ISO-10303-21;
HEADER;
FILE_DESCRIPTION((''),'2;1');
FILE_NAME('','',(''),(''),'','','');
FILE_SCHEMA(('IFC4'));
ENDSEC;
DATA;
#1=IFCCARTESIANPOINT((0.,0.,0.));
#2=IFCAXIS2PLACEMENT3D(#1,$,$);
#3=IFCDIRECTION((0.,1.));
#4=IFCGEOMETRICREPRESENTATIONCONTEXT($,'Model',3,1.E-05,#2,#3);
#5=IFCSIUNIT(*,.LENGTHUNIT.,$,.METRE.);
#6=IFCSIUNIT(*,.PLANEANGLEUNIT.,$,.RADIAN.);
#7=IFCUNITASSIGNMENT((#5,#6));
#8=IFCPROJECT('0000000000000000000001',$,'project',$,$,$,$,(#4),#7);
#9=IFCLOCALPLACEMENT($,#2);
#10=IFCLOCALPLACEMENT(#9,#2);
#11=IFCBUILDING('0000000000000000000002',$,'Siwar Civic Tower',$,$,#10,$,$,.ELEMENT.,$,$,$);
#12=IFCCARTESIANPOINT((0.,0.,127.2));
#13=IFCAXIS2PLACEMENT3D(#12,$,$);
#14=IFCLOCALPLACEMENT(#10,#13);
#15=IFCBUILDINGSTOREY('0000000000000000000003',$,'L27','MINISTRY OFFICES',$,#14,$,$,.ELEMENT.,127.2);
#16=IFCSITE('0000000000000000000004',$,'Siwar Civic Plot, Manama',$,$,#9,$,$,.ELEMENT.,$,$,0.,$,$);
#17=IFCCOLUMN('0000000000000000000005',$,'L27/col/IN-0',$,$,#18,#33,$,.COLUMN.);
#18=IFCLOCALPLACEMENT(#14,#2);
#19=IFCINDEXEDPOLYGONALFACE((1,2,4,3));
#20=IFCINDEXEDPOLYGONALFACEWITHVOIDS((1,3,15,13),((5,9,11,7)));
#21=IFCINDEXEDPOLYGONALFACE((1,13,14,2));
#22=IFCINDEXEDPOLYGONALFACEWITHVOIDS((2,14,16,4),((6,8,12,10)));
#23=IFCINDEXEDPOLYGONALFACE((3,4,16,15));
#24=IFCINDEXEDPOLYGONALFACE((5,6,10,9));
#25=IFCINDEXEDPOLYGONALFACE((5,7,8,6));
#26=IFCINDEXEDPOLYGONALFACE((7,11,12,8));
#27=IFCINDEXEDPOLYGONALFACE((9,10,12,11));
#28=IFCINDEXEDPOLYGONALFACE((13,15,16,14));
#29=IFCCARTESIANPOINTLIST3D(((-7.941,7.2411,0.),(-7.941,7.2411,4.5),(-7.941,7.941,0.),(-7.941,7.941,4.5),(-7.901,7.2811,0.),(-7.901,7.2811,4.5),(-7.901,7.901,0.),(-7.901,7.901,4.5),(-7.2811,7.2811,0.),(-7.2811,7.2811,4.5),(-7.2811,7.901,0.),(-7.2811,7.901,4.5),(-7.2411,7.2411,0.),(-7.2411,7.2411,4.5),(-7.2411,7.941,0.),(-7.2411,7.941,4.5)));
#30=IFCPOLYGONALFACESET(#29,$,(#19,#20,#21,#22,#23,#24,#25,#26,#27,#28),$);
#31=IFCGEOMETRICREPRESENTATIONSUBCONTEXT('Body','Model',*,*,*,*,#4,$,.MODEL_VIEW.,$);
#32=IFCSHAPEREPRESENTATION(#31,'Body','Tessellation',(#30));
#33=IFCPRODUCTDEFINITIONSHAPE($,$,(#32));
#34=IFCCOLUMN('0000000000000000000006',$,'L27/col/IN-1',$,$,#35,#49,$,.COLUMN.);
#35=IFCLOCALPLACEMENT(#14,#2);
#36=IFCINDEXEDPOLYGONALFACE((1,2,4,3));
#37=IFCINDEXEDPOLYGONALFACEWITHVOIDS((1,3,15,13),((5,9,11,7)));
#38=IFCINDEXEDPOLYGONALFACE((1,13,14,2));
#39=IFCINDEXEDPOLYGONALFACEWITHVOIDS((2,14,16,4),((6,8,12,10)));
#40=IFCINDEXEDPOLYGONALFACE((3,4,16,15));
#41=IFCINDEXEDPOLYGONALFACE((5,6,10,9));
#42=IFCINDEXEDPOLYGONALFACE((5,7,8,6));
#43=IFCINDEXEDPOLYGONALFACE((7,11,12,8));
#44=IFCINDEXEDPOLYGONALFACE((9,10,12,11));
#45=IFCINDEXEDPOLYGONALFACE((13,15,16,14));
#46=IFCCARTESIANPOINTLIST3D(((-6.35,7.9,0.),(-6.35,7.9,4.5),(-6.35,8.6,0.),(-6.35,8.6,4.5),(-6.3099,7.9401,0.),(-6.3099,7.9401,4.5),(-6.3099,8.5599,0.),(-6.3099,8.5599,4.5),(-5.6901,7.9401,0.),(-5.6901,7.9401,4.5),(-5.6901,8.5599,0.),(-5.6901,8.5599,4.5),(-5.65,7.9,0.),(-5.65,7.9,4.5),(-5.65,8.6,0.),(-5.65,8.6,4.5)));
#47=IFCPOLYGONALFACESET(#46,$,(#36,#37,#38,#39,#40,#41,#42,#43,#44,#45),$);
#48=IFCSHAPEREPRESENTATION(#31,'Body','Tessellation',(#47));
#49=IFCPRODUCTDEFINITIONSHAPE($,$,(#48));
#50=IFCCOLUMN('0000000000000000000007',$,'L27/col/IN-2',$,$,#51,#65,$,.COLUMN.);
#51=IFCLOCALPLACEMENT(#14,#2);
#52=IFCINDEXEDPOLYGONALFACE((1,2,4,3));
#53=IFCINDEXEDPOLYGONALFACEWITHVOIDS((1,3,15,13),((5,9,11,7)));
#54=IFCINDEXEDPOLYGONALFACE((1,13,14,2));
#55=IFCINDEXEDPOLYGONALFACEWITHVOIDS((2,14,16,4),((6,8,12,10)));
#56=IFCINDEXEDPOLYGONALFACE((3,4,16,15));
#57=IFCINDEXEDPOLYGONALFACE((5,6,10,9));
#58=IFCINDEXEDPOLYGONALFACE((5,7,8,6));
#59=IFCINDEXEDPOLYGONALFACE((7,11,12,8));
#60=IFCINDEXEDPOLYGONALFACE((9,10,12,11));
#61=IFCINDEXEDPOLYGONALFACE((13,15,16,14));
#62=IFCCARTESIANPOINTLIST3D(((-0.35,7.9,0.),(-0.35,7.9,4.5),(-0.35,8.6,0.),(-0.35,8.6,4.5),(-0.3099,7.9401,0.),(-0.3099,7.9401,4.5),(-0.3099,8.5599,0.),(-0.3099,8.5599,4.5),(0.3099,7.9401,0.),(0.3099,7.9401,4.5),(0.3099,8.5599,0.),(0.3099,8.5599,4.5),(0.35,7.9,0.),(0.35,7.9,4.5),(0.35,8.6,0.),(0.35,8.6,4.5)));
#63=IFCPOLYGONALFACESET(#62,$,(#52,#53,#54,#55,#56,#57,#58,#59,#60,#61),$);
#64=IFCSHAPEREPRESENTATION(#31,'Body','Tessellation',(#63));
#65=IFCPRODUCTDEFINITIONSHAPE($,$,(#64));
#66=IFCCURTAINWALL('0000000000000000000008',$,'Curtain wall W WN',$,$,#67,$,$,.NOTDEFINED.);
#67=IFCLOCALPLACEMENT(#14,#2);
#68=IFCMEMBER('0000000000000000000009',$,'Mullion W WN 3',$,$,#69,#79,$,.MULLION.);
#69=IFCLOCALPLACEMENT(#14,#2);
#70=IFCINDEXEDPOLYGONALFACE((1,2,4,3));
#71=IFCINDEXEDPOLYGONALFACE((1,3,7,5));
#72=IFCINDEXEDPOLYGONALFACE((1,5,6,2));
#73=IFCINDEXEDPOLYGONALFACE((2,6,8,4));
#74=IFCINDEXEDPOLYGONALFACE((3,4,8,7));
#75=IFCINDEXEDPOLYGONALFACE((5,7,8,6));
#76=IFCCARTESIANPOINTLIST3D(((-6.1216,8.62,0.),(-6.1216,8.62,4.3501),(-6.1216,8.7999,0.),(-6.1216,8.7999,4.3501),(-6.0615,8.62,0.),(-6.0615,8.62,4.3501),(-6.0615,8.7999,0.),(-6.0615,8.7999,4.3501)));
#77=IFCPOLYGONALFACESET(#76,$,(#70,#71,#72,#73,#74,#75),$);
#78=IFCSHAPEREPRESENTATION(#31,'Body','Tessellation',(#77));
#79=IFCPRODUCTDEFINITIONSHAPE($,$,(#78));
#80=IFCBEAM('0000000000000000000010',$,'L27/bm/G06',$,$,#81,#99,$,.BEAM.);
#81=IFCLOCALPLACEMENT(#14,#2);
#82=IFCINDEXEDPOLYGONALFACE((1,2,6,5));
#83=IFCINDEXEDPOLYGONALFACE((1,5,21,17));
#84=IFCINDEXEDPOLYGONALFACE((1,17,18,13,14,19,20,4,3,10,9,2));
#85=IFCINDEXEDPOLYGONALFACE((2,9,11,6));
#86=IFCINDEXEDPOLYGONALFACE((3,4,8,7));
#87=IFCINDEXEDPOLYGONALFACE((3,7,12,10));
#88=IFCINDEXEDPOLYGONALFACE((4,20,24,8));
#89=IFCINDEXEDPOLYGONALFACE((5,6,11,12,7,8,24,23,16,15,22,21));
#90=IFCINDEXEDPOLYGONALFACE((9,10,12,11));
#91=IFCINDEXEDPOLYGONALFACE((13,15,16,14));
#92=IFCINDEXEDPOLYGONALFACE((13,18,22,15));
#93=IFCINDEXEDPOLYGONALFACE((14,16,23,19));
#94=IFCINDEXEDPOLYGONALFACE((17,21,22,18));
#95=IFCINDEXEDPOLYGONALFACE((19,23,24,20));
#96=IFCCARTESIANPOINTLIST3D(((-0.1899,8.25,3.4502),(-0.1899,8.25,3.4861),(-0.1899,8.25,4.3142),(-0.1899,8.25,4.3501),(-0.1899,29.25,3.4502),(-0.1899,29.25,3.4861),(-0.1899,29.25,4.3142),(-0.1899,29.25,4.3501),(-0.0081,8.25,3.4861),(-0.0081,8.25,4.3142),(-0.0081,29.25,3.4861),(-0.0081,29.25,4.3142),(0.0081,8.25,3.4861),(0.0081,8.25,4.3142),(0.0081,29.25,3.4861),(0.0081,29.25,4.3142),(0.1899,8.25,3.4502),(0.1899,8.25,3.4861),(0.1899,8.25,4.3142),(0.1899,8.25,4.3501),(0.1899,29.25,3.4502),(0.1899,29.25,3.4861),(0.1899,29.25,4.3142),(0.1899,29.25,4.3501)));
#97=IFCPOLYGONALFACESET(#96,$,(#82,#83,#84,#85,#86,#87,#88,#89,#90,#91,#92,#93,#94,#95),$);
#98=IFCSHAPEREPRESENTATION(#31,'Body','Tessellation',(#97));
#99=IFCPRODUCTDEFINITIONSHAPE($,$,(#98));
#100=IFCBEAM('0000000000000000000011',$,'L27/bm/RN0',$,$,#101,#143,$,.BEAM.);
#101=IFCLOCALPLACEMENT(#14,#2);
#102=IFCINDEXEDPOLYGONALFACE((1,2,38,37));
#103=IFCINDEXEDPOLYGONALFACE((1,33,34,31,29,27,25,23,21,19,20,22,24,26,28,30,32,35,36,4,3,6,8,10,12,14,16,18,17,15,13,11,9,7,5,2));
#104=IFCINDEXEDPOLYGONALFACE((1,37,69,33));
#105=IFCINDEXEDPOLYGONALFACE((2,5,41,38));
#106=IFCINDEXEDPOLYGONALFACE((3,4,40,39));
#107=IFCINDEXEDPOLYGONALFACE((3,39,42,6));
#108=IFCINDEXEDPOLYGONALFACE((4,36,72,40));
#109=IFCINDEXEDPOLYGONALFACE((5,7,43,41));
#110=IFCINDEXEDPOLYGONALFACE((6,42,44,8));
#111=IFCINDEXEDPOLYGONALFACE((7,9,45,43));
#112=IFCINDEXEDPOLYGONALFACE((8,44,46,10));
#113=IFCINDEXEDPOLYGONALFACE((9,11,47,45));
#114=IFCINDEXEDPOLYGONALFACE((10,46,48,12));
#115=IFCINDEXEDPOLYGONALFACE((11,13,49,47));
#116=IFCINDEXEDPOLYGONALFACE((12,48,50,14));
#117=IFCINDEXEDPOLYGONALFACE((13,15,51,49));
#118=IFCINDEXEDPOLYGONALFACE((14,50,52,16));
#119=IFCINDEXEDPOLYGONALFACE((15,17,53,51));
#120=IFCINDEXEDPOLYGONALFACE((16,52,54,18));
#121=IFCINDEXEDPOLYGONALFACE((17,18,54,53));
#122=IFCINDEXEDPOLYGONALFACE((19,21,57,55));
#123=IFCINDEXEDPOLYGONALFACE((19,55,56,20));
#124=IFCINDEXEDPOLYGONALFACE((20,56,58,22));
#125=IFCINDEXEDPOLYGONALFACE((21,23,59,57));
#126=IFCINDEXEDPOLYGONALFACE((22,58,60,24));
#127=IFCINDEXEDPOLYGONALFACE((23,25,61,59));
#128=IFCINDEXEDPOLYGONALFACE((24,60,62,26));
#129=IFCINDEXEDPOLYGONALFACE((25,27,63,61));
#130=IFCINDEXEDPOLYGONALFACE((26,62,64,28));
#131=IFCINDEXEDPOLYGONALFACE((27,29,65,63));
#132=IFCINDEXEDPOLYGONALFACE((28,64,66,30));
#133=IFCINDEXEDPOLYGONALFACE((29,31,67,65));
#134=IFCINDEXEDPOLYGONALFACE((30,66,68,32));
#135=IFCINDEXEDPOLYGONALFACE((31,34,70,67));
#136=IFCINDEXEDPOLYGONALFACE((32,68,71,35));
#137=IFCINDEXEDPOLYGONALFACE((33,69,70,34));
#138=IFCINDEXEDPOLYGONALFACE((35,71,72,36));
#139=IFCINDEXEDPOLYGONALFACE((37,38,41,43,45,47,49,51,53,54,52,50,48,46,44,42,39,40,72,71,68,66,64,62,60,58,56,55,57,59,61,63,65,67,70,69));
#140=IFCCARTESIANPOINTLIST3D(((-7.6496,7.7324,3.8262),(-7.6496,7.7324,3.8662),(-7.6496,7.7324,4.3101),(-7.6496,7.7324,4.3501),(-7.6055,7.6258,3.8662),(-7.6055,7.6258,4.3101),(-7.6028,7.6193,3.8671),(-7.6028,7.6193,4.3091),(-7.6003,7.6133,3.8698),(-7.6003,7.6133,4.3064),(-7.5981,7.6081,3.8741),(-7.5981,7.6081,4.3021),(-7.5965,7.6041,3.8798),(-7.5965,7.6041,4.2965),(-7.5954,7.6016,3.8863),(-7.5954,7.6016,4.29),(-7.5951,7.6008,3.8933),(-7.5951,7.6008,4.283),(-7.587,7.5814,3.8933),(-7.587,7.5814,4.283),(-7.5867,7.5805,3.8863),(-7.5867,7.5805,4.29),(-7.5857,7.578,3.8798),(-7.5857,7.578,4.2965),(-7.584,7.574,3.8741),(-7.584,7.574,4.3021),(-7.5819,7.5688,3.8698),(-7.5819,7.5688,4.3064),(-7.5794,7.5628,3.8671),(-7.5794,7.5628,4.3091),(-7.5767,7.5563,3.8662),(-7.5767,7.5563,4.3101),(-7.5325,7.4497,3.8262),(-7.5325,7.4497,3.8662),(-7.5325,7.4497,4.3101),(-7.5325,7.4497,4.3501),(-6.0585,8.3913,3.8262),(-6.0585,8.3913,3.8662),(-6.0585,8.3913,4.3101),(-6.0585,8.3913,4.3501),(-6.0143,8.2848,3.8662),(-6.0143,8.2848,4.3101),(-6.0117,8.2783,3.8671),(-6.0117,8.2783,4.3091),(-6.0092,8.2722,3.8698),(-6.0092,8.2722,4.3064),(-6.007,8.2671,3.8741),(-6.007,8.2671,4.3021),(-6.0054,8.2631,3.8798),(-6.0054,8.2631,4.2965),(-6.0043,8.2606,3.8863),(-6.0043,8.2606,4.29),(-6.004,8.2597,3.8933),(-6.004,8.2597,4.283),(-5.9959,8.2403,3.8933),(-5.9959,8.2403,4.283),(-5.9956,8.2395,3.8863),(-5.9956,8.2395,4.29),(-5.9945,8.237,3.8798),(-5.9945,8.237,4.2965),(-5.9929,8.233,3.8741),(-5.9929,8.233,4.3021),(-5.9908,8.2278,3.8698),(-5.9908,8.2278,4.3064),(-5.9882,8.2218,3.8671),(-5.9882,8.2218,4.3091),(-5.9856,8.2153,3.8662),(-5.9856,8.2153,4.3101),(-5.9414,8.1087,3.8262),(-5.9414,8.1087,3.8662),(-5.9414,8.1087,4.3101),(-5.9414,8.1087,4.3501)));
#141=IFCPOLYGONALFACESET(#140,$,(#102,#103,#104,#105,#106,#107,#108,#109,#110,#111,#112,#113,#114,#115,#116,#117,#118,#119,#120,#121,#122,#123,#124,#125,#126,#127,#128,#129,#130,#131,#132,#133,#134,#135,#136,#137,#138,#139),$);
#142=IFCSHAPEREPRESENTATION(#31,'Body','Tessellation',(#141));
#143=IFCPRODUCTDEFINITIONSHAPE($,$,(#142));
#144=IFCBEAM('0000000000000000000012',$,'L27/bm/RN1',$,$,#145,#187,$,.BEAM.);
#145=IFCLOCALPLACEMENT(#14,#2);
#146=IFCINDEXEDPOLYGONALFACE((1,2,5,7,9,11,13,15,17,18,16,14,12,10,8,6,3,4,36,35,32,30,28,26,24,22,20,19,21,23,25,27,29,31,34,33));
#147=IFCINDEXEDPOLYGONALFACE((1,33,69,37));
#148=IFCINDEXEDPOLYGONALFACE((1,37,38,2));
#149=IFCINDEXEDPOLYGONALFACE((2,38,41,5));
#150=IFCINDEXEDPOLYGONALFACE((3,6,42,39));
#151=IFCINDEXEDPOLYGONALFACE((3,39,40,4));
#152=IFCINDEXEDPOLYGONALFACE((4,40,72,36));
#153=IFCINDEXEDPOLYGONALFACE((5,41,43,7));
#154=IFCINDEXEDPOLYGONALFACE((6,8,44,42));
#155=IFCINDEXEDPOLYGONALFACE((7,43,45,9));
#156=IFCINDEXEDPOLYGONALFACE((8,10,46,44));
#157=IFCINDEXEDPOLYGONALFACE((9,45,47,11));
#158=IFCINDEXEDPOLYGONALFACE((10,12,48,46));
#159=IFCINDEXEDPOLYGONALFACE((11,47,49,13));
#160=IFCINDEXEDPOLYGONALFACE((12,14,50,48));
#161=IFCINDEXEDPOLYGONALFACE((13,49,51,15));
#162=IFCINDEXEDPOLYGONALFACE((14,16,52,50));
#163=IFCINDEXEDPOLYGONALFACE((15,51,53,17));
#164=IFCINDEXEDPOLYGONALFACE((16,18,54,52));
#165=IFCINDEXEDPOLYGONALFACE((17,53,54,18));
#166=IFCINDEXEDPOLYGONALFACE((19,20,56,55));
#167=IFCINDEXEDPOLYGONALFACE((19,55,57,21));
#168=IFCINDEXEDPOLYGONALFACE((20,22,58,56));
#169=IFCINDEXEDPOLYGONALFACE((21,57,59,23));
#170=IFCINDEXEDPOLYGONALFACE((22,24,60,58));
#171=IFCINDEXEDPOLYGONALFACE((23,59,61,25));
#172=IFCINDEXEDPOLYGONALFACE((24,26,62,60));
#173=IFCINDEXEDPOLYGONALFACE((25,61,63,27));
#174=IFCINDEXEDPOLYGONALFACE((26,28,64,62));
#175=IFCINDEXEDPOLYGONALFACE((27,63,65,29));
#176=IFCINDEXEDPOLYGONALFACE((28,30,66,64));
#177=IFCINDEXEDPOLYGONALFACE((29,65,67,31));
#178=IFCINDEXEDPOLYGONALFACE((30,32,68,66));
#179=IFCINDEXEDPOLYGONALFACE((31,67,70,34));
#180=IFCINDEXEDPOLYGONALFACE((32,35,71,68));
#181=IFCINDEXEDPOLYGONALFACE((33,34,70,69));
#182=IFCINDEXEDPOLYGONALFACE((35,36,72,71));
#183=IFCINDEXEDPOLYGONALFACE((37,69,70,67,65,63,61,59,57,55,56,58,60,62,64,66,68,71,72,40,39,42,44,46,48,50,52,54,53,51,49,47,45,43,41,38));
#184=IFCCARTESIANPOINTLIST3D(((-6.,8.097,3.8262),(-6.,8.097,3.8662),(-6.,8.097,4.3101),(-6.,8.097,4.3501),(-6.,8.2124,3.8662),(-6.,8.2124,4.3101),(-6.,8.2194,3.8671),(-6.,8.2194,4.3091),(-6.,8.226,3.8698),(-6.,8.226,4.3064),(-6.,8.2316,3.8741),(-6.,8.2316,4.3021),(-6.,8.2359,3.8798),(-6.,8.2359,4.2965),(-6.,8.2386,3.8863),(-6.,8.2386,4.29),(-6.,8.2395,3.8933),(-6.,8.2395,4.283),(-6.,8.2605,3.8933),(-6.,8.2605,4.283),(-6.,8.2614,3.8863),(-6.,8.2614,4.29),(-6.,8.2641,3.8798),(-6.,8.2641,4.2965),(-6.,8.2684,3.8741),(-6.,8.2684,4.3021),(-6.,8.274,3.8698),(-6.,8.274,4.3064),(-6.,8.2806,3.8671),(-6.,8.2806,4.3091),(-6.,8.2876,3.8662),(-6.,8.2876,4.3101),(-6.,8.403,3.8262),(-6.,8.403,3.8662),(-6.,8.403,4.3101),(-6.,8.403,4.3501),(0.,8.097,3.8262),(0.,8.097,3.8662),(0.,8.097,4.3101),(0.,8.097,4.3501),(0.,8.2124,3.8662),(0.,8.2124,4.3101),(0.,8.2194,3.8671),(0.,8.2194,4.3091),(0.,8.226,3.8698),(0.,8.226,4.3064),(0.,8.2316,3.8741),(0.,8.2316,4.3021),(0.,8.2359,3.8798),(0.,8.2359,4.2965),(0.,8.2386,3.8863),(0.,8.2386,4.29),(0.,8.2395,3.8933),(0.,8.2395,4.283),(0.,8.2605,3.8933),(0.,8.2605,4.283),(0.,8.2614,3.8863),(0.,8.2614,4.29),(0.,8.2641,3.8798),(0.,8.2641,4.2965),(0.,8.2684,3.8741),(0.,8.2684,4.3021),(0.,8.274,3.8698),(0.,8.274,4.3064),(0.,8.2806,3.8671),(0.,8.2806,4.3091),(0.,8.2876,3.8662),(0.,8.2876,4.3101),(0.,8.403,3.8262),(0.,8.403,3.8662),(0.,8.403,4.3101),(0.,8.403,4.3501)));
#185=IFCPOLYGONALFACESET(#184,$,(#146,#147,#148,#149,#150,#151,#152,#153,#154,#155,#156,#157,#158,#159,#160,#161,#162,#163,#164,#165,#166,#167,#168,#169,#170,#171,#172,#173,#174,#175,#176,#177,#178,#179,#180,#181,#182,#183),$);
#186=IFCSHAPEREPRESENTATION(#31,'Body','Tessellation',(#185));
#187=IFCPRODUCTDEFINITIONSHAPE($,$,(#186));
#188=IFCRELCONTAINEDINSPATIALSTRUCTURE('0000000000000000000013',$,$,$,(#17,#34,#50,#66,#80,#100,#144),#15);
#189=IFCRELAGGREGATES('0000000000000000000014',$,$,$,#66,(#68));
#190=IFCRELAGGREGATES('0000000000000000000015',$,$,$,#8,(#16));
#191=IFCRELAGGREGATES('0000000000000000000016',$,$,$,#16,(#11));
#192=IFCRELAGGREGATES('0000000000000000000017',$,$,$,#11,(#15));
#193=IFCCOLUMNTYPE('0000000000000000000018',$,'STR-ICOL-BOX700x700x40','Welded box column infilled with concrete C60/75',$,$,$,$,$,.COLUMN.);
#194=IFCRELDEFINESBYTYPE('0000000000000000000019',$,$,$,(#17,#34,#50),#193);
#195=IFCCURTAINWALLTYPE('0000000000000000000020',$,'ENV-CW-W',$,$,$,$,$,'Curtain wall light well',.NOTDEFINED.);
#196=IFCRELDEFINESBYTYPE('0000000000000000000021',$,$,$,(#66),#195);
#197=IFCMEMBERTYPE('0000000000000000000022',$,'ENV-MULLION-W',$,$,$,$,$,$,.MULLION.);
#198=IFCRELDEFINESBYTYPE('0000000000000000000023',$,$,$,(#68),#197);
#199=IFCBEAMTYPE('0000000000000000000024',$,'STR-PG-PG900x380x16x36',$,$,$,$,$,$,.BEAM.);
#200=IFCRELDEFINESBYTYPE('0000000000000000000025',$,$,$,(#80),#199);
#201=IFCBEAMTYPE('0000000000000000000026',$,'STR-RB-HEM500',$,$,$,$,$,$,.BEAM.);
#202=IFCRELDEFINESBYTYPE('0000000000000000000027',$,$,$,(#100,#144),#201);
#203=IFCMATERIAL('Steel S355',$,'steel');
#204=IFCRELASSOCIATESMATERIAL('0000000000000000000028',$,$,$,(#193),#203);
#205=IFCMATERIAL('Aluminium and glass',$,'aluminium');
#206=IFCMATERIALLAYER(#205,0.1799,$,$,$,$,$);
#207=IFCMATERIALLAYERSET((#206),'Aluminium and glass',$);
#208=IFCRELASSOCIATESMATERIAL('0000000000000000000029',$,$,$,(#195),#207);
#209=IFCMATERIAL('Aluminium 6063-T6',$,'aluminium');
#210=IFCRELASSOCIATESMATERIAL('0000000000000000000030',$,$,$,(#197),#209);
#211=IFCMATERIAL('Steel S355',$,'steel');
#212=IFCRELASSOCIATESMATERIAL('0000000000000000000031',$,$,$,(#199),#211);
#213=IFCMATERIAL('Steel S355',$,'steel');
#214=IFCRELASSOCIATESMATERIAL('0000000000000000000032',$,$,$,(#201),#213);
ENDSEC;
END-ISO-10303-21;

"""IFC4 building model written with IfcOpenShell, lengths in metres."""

from ifc_helpers import new_model, si_unit, direction, frame, origin, origin_2d, place, context, subcontext, project, spatial, rectangle, hollow_rectangle, i_section, extrude, material, layer, layer_set, material_profile, profile_set, type_object, element, aggregate, save


model = new_model("IFC4")

# Units and contexts
model_context = context("Model", 3, precision=1e-05, world=origin(), true_north=direction((0.0, 1.0)))
body_context = subcontext(model_context, "Body", "Model", "MODEL_VIEW")
ifc_project = project(units=[si_unit("LENGTHUNIT", "METRE"), si_unit("PLANEANGLEUNIT", "RADIAN")], contexts=[model_context])

# Site, building, storey
site_placement = place(None, origin())
site = spatial("IfcSite", under=ifc_project, at=site_placement, Name="Siwar Civic Plot, Manama", CompositionType="ELEMENT", RefElevation=0.0)
building_placement = place(site_placement, origin())
building = spatial("IfcBuilding", under=site, at=building_placement, Name="Siwar Civic Tower", CompositionType="ELEMENT")
storey_placement = place(building_placement, frame((0.0, 0.0, 127.2)))
storey = spatial("IfcBuildingStorey", under=building, at=storey_placement, Name="L27", Description="MINISTRY OFFICES", CompositionType="ELEMENT", Elevation=127.2)

# Columns
ifc_material_1 = material(Name="Steel S355", Category="steel")
ifc_material_profile_1 = material_profile(ifc_material_1, hollow_rectangle(XDim=0.7, YDim=0.7, WallThickness=0.04, at=origin_2d()), Name="BOX700x700x40")
ifc_profile_set_1 = profile_set([ifc_material_profile_1], Name="Steel S355")
column_type = type_object("IfcColumnType", Name="STR-ICOL-BOX700x700x40", Description="Welded box column infilled with concrete C60/75", PredefinedType="COLUMN", material=ifc_profile_set_1)
for number, where, z_axis, x_axis, name in (
    (1, (-7.5911, 7.5911, 0.0), (0.0, 0.0, 1.0), (1.0, 0.0, 0.0), "L27/col/IN-0"),
    (2, (-6.0, 8.25, 0.0), (0.0, 0.0, 1.0), (1.0, 0.0, 0.0), "L27/col/IN-1"),
    (3, (0.0, 8.25, 0.0), (0.0, 0.0, 1.0), (1.0, 0.0, 0.0), "L27/col/IN-2"),
):
    element("IfcColumn", number, at=place(storey_placement, frame(where, z_axis=z_axis, x_axis=x_axis)), inside=storey, type_object=column_type, Name=name, PredefinedType="COLUMN", context=body_context, shape_type="SweptSolid", body=[
        extrude(hollow_rectangle(XDim=0.7, YDim=0.7, WallThickness=0.04, at=origin_2d()), origin(), (0.0, 0.0, 1.0), 4.5),
    ])

# Curtain wall, member
ifc_material_2 = material(Name="Aluminium and glass", Category="aluminium")
ifc_layer_1 = layer(ifc_material_2, 0.1799)
ifc_layer_set_1 = layer_set([ifc_layer_1], Name="Aluminium and glass")
curtain_wall_type = type_object("IfcCurtainWallType", Name="ENV-CW-W", ElementType="Curtain wall light well", PredefinedType="NOTDEFINED", material=ifc_layer_set_1)
curtain_wall_placement = place(storey_placement, origin())
curtain_wall = element("IfcCurtainWall", 4, at=curtain_wall_placement, inside=storey, type_object=curtain_wall_type, Name="Curtain wall W WN", PredefinedType="NOTDEFINED")
ifc_material_3 = material(Name="Aluminium 6063-T6", Category="aluminium")
ifc_material_profile_2 = material_profile(ifc_material_3, rectangle(XDim=0.1799, YDim=0.0601, at=origin_2d()), Name="AL 180x60")
ifc_profile_set_2 = profile_set([ifc_material_profile_2], Name="Aluminium 6063-T6")
member_type = type_object("IfcMemberType", Name="ENV-MULLION-W", PredefinedType="MULLION", material=ifc_profile_set_2)
member_placement = place(storey_placement, frame((-6.0916, 8.71, 0.0), z_axis=(0.0, 0.0, 1.0), x_axis=(0.0, -1.0, 0.0)))
member = element("IfcMember", 5, at=member_placement, type_object=member_type, Name="Mullion W WN 3", PredefinedType="MULLION", context=body_context, shape_type="SweptSolid", body=[
    extrude(rectangle(XDim=0.1799, YDim=0.0601, at=origin_2d()), origin(), (0.0, 0.0, 1.0), 4.3501),
])

# Beams
ifc_material_4 = material(Name="Steel S355", Category="steel")
ifc_material_profile_3 = material_profile(ifc_material_4, i_section(OverallWidth=0.3799, OverallDepth=0.8999, WebThickness=0.0161, FlangeThickness=0.0359, at=origin_2d()), Name="PG900x380x16x36")
ifc_profile_set_3 = profile_set([ifc_material_profile_3], Name="Steel S355")
beam_type_1 = type_object("IfcBeamType", Name="STR-PG-PG900x380x16x36", PredefinedType="BEAM", material=ifc_profile_set_3)
beam_1_placement = place(storey_placement, frame((0.0, 8.25, 3.9001), z_axis=(0.0, 1.0, 0.0), x_axis=(-1.0, 0.0, 0.0)))
element("IfcBeam", 6, at=beam_1_placement, inside=storey, type_object=beam_type_1, Name="L27/bm/G06", PredefinedType="BEAM", context=body_context, shape_type="SweptSolid", body=[
    extrude(i_section(OverallWidth=0.3799, OverallDepth=0.8999, WebThickness=0.0161, FlangeThickness=0.0359, at=origin_2d()), origin(), (0.0, 0.0, 1.0), 21.0),
])
ifc_material_5 = material(Name="Steel S355", Category="steel")
ifc_material_profile_4 = material_profile(ifc_material_5, i_section(OverallWidth=0.3059, OverallDepth=0.5239, WebThickness=0.021, FlangeThickness=0.04, FilletRadius=0.0271, at=origin_2d()), Name="HEM500")
ifc_profile_set_4 = profile_set([ifc_material_profile_4], Name="Steel S355")
beam_type_2 = type_object("IfcBeamType", Name="STR-RB-HEM500", PredefinedType="BEAM", material=ifc_profile_set_4)
beam_2_placement = place(storey_placement, frame((-7.5911, 7.5911, 4.0881), z_axis=(0.923901, 0.382631, 0.0), x_axis=(-0.382631, 0.923901, 0.0)))
element("IfcBeam", 7, at=beam_2_placement, inside=storey, type_object=beam_type_2, Name="L27/bm/RN0", PredefinedType="BEAM", context=body_context, shape_type="SweptSolid", body=[
    extrude(i_section(OverallWidth=0.3059, OverallDepth=0.5239, WebThickness=0.021, FlangeThickness=0.04, FilletRadius=0.0271, at=origin_2d()), origin(), (0.0, 0.0, 1.0), 1.7222),
])
for number, where, z_axis, x_axis, name in (
    (8, (-6.0, 8.25, 4.0881), (1.0, 0.0, 0.0), (0.0, 1.0, 0.0), "L27/bm/RN1"),
):
    element("IfcBeam", number, at=place(storey_placement, frame(where, z_axis=z_axis, x_axis=x_axis)), inside=storey, type_object=beam_type_2, Name=name, PredefinedType="BEAM", context=body_context, shape_type="SweptSolid", body=[
        extrude(i_section(OverallWidth=0.3059, OverallDepth=0.5239, WebThickness=0.021, FlangeThickness=0.04, FilletRadius=0.0271, at=origin_2d()), origin(), (0.0, 0.0, 1.0), 6.0),
    ])

aggregate(curtain_wall, [member])

save(model, "model.ifc")
